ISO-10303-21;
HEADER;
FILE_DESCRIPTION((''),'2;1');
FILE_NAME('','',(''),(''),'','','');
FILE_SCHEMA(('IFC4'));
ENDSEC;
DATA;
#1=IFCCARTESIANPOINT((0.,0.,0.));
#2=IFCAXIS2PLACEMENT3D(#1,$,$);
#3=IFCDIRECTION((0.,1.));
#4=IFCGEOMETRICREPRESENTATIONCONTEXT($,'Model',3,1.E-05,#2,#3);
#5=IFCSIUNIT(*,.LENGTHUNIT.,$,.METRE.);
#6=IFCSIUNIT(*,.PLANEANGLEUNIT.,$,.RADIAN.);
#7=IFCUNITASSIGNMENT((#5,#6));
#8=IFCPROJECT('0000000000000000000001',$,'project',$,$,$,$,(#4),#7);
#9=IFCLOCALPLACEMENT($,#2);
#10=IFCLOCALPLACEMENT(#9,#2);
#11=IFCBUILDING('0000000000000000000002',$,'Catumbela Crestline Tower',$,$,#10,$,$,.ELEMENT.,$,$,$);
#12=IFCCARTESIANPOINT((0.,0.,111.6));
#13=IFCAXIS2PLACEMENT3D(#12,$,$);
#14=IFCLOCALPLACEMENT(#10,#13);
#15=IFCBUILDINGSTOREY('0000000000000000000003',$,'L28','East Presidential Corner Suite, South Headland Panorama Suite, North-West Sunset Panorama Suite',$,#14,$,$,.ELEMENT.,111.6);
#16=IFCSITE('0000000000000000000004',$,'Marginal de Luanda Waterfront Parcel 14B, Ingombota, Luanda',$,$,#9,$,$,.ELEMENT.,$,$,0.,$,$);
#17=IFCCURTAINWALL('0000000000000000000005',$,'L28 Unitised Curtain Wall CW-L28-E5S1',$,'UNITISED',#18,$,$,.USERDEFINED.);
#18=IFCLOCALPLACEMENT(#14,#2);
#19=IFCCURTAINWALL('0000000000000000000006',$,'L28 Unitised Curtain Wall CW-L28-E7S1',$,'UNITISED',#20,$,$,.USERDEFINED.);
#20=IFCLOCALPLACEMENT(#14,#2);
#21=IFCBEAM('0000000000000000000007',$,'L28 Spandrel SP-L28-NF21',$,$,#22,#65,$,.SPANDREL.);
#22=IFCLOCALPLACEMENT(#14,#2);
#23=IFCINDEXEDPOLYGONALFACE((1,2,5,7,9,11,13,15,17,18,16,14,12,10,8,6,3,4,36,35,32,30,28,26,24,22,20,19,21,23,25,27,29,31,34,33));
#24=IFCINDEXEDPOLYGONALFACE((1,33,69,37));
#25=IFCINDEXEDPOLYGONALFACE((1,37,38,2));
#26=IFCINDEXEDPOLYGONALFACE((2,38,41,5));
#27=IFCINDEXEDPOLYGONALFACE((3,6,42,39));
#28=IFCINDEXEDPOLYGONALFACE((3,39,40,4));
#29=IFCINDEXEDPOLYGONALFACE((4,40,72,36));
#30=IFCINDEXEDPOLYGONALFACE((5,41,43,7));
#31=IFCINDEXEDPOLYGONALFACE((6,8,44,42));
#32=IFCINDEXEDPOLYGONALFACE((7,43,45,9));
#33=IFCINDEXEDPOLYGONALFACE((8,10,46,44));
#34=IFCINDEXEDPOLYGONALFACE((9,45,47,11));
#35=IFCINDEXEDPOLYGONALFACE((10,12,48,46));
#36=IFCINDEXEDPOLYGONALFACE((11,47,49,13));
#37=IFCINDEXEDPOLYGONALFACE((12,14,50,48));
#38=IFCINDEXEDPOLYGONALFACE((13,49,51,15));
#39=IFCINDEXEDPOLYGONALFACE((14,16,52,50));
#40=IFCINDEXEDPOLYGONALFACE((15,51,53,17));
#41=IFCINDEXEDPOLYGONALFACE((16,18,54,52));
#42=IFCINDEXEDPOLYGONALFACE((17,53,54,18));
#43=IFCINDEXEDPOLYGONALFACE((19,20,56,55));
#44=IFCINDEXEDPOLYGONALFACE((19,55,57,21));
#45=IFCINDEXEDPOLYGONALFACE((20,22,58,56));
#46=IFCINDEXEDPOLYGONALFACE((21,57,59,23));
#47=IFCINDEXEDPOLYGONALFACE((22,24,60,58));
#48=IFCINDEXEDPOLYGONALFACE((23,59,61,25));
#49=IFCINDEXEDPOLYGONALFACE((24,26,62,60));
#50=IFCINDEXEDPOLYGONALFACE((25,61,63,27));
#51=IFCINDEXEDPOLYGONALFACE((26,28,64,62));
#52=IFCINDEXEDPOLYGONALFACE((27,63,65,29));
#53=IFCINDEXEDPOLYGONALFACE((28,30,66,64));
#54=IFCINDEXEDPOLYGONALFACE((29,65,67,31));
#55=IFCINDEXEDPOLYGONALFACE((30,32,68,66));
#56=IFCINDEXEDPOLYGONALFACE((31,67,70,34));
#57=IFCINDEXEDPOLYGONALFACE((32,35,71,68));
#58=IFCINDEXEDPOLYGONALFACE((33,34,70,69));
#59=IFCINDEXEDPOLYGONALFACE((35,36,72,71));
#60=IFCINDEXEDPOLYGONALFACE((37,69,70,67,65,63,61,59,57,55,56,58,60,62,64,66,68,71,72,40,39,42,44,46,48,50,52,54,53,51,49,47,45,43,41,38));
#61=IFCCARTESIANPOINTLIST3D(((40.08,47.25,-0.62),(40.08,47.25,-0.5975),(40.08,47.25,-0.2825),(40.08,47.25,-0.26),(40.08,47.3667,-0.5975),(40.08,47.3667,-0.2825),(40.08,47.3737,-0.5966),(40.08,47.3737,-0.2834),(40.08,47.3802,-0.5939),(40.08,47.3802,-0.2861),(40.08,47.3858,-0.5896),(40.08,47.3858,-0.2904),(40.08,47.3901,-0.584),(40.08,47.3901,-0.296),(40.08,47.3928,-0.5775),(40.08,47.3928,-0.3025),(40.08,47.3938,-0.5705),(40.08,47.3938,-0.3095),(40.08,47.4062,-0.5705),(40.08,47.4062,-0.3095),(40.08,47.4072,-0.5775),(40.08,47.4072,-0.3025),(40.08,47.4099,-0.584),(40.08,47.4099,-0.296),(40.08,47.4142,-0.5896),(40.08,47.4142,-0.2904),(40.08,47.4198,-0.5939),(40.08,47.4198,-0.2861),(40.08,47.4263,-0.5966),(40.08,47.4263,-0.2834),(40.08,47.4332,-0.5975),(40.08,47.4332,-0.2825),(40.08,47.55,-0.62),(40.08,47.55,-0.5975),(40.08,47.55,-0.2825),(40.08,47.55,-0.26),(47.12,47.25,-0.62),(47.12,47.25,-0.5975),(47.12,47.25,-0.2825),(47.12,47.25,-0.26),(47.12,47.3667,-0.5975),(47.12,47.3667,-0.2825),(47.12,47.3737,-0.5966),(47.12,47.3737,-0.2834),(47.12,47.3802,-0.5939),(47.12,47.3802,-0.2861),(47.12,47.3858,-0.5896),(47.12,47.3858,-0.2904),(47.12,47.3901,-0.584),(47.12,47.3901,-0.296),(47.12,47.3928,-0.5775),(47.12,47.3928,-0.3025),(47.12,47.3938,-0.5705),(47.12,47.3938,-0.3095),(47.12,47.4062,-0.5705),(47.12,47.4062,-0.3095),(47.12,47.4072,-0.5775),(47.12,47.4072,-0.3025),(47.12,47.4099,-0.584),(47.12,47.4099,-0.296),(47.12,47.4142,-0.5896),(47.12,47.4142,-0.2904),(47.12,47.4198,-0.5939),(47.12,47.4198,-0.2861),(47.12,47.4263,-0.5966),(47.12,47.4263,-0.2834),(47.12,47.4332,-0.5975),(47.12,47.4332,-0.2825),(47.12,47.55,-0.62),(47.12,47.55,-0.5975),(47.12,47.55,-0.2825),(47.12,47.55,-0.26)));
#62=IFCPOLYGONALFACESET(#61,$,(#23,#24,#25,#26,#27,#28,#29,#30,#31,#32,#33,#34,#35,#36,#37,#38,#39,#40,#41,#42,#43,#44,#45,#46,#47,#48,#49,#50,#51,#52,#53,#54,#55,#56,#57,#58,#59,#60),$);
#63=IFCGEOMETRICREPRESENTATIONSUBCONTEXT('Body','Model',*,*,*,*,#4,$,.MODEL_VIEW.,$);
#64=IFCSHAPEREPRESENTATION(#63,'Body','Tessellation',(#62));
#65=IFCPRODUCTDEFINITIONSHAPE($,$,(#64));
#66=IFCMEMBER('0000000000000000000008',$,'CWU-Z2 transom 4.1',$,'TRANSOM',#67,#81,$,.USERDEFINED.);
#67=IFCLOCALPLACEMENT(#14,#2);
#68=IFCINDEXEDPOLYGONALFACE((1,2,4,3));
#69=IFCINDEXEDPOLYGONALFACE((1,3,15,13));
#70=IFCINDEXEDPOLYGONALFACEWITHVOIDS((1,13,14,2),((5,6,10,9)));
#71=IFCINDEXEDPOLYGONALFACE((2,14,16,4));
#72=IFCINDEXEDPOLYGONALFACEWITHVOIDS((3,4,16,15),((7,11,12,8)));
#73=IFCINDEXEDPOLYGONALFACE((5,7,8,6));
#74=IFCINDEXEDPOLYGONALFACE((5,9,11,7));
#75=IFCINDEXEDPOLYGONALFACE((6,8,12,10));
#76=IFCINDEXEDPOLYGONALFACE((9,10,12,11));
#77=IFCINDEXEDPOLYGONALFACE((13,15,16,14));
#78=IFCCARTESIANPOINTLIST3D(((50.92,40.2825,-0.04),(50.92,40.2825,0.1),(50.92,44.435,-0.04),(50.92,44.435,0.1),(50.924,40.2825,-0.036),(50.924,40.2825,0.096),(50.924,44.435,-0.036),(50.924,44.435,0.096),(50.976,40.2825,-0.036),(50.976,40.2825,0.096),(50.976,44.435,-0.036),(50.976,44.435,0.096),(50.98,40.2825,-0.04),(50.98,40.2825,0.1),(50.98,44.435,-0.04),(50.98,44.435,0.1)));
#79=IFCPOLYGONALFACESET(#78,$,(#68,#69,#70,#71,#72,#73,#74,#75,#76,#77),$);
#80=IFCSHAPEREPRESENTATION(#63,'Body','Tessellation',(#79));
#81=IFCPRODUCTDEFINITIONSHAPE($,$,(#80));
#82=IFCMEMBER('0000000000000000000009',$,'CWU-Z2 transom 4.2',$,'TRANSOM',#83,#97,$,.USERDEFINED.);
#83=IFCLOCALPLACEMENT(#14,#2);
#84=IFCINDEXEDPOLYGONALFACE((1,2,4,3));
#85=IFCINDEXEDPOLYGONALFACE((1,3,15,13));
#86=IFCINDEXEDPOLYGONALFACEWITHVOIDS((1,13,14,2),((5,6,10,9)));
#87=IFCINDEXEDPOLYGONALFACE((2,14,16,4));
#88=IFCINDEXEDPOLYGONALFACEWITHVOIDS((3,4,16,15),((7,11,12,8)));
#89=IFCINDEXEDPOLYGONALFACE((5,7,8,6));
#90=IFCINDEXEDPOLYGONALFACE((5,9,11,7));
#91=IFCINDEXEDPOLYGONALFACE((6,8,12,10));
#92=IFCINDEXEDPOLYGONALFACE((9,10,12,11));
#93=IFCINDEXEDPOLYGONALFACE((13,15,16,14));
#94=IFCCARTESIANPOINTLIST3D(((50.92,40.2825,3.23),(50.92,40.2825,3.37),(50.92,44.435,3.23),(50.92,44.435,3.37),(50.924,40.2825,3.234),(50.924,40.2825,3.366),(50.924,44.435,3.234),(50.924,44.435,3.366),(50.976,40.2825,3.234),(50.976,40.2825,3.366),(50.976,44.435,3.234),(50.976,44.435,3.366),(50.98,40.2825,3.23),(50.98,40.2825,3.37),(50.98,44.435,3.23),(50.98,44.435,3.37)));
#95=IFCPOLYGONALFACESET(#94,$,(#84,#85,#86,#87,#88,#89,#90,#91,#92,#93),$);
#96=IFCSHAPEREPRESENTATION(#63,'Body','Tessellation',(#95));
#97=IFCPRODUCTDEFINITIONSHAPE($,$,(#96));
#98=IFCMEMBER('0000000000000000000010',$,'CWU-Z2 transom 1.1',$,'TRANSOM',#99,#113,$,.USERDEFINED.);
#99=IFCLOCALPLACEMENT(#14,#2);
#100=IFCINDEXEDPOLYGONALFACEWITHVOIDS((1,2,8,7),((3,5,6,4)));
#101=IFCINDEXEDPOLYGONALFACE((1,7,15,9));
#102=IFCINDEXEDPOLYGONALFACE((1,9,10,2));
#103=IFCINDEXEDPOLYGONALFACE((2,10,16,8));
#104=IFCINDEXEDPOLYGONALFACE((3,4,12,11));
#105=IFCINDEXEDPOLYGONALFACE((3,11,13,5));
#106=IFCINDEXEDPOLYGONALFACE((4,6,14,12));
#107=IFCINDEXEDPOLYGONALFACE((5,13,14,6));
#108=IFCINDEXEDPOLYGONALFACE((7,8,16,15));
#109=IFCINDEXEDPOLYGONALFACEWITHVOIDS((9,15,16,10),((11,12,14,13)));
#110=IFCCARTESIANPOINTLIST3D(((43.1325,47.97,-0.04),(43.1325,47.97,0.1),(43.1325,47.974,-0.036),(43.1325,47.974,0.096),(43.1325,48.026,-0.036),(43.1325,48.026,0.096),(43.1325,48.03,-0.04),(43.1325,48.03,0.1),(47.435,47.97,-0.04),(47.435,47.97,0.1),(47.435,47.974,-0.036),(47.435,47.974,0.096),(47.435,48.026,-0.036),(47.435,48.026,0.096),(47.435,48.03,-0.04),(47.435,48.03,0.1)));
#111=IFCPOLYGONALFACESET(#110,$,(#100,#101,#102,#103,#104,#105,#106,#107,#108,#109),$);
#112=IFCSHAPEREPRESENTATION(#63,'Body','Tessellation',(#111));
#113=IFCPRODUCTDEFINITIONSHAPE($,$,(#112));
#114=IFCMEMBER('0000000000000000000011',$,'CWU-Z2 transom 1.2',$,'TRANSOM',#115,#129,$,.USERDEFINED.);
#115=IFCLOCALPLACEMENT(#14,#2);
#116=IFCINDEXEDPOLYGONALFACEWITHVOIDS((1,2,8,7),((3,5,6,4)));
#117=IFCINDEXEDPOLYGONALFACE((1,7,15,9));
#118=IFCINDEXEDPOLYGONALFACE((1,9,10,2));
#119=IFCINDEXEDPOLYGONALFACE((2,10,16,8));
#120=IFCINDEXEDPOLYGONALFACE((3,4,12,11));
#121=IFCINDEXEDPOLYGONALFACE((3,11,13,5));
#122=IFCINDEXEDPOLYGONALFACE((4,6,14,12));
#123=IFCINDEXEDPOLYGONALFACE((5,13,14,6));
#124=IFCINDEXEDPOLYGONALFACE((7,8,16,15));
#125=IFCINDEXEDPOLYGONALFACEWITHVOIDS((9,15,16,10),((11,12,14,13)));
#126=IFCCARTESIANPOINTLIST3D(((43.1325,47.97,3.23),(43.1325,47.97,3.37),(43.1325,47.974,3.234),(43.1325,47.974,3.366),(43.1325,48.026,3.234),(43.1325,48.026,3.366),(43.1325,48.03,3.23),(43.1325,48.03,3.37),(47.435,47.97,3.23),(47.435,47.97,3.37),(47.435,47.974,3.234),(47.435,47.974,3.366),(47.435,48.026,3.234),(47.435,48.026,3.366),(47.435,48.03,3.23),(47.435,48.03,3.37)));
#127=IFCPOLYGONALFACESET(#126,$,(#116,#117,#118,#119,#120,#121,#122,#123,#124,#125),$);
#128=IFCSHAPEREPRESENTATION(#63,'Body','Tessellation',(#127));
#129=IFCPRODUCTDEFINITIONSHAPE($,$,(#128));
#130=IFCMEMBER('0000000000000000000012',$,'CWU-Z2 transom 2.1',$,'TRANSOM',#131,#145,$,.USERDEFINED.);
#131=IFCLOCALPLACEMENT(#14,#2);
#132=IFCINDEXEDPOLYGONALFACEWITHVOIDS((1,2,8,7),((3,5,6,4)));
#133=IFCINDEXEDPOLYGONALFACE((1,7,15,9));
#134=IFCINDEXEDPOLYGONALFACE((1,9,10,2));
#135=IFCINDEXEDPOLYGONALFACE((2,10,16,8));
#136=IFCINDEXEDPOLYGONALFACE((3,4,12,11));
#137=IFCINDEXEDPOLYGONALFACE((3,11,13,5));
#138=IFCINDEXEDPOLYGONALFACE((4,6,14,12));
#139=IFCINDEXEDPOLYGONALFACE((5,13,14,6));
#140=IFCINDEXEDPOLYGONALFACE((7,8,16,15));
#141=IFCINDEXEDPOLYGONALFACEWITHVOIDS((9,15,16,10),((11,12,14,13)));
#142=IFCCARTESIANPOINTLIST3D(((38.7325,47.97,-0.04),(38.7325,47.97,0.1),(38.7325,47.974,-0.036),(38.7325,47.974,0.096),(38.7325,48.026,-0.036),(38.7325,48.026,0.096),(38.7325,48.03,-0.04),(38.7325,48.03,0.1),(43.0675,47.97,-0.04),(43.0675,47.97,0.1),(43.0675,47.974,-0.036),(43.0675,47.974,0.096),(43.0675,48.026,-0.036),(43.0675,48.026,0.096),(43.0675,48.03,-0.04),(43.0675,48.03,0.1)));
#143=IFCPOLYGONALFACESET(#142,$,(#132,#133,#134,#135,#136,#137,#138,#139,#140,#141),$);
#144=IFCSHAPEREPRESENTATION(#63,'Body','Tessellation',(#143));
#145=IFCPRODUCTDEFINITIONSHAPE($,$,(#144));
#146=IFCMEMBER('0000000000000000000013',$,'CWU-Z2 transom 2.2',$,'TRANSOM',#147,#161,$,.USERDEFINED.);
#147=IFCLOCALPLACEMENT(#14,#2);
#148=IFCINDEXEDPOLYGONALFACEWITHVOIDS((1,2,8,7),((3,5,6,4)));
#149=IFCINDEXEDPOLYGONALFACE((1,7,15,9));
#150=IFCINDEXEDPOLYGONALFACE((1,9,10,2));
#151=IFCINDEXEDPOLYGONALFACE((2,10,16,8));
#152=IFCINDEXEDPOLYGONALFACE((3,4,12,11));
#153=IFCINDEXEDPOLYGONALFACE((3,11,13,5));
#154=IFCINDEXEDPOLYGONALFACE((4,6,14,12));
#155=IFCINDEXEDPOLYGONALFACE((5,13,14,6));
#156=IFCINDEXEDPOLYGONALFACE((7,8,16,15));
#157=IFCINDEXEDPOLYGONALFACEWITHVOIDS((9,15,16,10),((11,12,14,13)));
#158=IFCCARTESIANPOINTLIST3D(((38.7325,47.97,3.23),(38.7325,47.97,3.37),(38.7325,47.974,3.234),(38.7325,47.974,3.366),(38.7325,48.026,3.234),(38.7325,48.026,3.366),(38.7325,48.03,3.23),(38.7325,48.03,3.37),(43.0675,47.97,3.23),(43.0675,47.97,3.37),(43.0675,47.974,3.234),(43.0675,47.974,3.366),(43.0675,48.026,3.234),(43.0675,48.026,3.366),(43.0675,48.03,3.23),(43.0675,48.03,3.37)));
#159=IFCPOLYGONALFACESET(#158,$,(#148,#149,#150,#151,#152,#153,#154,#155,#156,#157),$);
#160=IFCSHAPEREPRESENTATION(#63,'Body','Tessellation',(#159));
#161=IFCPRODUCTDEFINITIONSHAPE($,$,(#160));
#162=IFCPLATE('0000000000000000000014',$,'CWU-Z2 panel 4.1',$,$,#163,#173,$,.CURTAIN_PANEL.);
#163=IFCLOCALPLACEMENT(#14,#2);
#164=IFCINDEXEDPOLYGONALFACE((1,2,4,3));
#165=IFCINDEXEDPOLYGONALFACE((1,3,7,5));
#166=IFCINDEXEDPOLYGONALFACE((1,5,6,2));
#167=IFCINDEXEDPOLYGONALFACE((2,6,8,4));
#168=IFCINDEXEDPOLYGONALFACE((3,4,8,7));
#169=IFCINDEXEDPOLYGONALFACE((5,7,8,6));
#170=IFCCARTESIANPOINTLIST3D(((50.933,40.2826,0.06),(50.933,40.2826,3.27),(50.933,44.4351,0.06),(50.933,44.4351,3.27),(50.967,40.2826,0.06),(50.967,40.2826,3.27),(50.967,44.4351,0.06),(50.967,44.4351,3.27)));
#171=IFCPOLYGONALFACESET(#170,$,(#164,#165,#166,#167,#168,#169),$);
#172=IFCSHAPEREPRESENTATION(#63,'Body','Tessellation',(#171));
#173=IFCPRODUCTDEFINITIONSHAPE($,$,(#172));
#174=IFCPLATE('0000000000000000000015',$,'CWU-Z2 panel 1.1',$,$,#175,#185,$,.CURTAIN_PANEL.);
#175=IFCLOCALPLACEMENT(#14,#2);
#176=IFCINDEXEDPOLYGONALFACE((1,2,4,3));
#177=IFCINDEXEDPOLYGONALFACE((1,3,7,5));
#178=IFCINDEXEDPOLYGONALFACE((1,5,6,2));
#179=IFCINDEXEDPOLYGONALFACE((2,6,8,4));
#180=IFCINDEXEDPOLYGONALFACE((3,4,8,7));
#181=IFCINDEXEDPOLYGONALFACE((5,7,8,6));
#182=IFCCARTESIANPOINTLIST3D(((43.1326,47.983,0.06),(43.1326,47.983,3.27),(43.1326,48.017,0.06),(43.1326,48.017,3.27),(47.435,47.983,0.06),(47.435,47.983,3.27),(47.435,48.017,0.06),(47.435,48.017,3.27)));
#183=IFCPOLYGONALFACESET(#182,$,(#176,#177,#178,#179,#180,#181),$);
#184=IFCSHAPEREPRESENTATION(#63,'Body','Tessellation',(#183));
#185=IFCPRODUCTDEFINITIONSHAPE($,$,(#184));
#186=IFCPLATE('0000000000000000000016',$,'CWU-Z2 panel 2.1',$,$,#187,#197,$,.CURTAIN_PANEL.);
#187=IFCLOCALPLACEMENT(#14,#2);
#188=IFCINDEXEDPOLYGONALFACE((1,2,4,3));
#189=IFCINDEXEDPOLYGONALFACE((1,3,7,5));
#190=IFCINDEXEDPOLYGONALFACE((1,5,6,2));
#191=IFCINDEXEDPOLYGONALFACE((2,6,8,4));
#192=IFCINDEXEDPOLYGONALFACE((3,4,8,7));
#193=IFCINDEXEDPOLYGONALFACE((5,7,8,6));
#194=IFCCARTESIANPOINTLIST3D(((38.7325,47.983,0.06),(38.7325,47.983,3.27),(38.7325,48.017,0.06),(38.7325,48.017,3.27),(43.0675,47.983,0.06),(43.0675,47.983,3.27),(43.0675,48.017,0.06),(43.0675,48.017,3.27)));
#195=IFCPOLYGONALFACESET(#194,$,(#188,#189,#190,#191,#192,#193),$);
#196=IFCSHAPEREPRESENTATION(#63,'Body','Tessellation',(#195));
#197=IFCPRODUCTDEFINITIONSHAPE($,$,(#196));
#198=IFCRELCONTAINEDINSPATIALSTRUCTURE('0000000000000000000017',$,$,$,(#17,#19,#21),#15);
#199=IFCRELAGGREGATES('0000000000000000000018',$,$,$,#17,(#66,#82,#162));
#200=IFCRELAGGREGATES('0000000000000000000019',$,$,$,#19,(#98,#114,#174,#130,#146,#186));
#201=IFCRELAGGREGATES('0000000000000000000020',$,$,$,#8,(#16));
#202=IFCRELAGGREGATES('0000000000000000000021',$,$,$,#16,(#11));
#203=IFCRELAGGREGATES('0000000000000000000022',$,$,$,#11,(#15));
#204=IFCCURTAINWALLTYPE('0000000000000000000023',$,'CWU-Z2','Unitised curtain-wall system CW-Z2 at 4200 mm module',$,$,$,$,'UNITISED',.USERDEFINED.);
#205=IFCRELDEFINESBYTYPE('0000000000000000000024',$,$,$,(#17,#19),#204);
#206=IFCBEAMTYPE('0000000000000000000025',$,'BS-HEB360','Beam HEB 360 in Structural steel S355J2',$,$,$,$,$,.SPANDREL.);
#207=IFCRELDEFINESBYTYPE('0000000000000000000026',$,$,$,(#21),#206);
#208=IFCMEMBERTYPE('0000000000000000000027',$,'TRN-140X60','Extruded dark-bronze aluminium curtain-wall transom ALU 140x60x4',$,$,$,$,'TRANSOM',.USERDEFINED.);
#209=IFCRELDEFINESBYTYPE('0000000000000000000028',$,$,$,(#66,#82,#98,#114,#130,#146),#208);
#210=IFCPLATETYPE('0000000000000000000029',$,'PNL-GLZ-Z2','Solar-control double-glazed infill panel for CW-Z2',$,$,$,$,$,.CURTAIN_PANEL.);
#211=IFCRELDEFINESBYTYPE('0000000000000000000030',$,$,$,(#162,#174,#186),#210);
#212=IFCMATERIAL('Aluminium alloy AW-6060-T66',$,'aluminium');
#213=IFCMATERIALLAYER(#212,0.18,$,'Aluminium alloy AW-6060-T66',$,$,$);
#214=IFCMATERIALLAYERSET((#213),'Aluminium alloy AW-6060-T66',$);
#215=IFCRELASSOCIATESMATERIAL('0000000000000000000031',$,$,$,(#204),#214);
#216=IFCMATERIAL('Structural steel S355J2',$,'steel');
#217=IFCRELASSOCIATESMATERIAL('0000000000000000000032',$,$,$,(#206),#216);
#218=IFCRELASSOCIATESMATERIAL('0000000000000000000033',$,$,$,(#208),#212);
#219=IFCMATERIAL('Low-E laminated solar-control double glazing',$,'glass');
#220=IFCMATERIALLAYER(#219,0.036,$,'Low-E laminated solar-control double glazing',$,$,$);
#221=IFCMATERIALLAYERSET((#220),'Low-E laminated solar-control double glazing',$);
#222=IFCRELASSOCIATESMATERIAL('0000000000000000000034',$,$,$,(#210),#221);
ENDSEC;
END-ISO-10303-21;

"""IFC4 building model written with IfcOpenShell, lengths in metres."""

from ifc_helpers import new_model, si_unit, direction, frame, origin, origin_2d, place, context, subcontext, project, spatial, rectangle, hollow_rectangle, i_section, extrude, material, layer, layer_set, material_profile, profile_set, type_object, element, aggregate, save


model = new_model("IFC4")

# Units and contexts
model_context = context("Model", 3, precision=1e-05, world=origin(), true_north=direction((0.0, 1.0)))
body_context = subcontext(model_context, "Body", "Model", "MODEL_VIEW")
ifc_project = project(units=[si_unit("LENGTHUNIT", "METRE"), si_unit("PLANEANGLEUNIT", "RADIAN")], contexts=[model_context])

# Site, building, storey
site_placement = place(None, origin())
site = spatial("IfcSite", under=ifc_project, at=site_placement, Name="Marginal de Luanda Waterfront Parcel 14B, Ingombota, Luanda", CompositionType="ELEMENT", RefElevation=0.0)
building_placement = place(site_placement, origin())
building = spatial("IfcBuilding", under=site, at=building_placement, Name="Catumbela Crestline Tower", CompositionType="ELEMENT")
storey_placement = place(building_placement, frame((0.0, 0.0, 111.6)))
storey = spatial("IfcBuildingStorey", under=building, at=storey_placement, Name="L28", Description="East Presidential Corner Suite, South Headland Panorama Suite, North-West Sunset Panorama Suite", CompositionType="ELEMENT", Elevation=111.6)

# Curtain walls
ifc_material_1 = material(Name="Aluminium alloy AW-6060-T66", Category="aluminium")
ifc_layer_1 = layer(ifc_material_1, 0.18, Name="Aluminium alloy AW-6060-T66")
ifc_layer_set_1 = layer_set([ifc_layer_1], Name="Aluminium alloy AW-6060-T66")
curtain_wall_type = type_object("IfcCurtainWallType", Name="CWU-Z2", Description="Unitised curtain-wall system CW-Z2 at 4200 mm module", ElementType="UNITISED", PredefinedType="USERDEFINED", material=ifc_layer_set_1)
curtain_wall_1_placement = place(storey_placement, origin())
curtain_wall_1 = element("IfcCurtainWall", 1, at=curtain_wall_1_placement, inside=storey, type_object=curtain_wall_type, Name="L28 Unitised Curtain Wall CW-L28-E5S1", ObjectType="UNITISED", PredefinedType="USERDEFINED")
curtain_wall_2_placement = place(storey_placement, origin())
curtain_wall_2 = element("IfcCurtainWall", 2, at=curtain_wall_2_placement, inside=storey, type_object=curtain_wall_type, Name="L28 Unitised Curtain Wall CW-L28-E7S1", ObjectType="UNITISED", PredefinedType="USERDEFINED")

# Beam
ifc_material_2 = material(Name="Structural steel S355J2", Category="steel")
ifc_material_profile_1 = material_profile(ifc_material_2, i_section(OverallWidth=0.3, OverallDepth=0.36, WebThickness=0.0125, FlangeThickness=0.0225, FilletRadius=0.027, at=origin_2d()), Name="HEB 360")
ifc_profile_set_1 = profile_set([ifc_material_profile_1], Name="Structural steel S355J2")
beam_type = type_object("IfcBeamType", Name="BS-HEB360", Description="Beam HEB 360 in Structural steel S355J2", PredefinedType="SPANDREL", material=ifc_profile_set_1)
beam_placement = place(storey_placement, frame((40.08, 47.4, -0.44), z_axis=(1.0, 0.0, 0.0), x_axis=(0.0, 1.0, 0.0)))
element("IfcBeam", 3, at=beam_placement, inside=storey, type_object=beam_type, Name="L28 Spandrel SP-L28-NF21", PredefinedType="SPANDREL", context=body_context, shape_type="SweptSolid", body=[
    extrude(i_section(OverallWidth=0.3, OverallDepth=0.36, WebThickness=0.0125, FlangeThickness=0.0225, FilletRadius=0.027, at=origin_2d()), origin(), (0.0, 0.0, 1.0), 7.04),
])

# Members
ifc_material_profile_2 = material_profile(ifc_material_1, hollow_rectangle(XDim=0.06, YDim=0.14, WallThickness=0.004, at=origin_2d()), Name="ALU 140x60x4")
ifc_profile_set_2 = profile_set([ifc_material_profile_2], Name="Aluminium alloy AW-6060-T66")
member_type_1 = type_object("IfcMemberType", Name="TRN-140X60", Description="Extruded dark-bronze aluminium curtain-wall transom ALU 140x60x4", ElementType="TRANSOM", PredefinedType="USERDEFINED", material=ifc_profile_set_2)
member_1_placement = place(storey_placement, frame((50.95, 40.2825, 0.03), z_axis=(0.0, 1.0, 0.0), x_axis=(-1.0, 0.0, 0.0)))
member_1 = element("IfcMember", 4, at=member_1_placement, type_object=member_type_1, Name="CWU-Z2 transom 4.1", ObjectType="TRANSOM", PredefinedType="USERDEFINED", context=body_context, shape_type="SweptSolid", body=[
    extrude(hollow_rectangle(XDim=0.06, YDim=0.14, WallThickness=0.004, at=origin_2d()), origin(), (0.0, 0.0, 1.0), 4.1525),
])
member_2_placement = place(storey_placement, frame((50.95, 40.2825, 3.3), z_axis=(0.0, 1.0, 0.0), x_axis=(-1.0, 0.0, 0.0)))
member_2 = element("IfcMember", 5, at=member_2_placement, type_object=member_type_1, Name="CWU-Z2 transom 4.2", ObjectType="TRANSOM", PredefinedType="USERDEFINED", context=body_context, shape_type="SweptSolid", body=[
    extrude(hollow_rectangle(XDim=0.06, YDim=0.14, WallThickness=0.004, at=origin_2d()), origin(), (0.0, 0.0, 1.0), 4.1525),
])
member_3_placement = place(storey_placement, frame((47.435, 48.0, 0.03), z_axis=(-1.0, 0.0, 0.0), x_axis=(0.0, -1.0, 0.0)))
member_3 = element("IfcMember", 6, at=member_3_placement, type_object=member_type_1, Name="CWU-Z2 transom 1.1", ObjectType="TRANSOM", PredefinedType="USERDEFINED", context=body_context, shape_type="SweptSolid", body=[
    extrude(hollow_rectangle(XDim=0.06, YDim=0.14, WallThickness=0.004, at=origin_2d()), origin(), (0.0, 0.0, 1.0), 4.3025),
])
member_4_placement = place(storey_placement, frame((47.435, 48.0, 3.3), z_axis=(-1.0, 0.0, 0.0), x_axis=(0.0, -1.0, 0.0)))
member_4 = element("IfcMember", 7, at=member_4_placement, type_object=member_type_1, Name="CWU-Z2 transom 1.2", ObjectType="TRANSOM", PredefinedType="USERDEFINED", context=body_context, shape_type="SweptSolid", body=[
    extrude(hollow_rectangle(XDim=0.06, YDim=0.14, WallThickness=0.004, at=origin_2d()), origin(), (0.0, 0.0, 1.0), 4.3025),
])
member_5_placement = place(storey_placement, frame((43.0675, 48.0, 0.03), z_axis=(-1.0, 0.0, 0.0), x_axis=(0.0, -1.0, 0.0)))
member_5 = element("IfcMember", 8, at=member_5_placement, type_object=member_type_1, Name="CWU-Z2 transom 2.1", ObjectType="TRANSOM", PredefinedType="USERDEFINED", context=body_context, shape_type="SweptSolid", body=[
    extrude(hollow_rectangle(XDim=0.06, YDim=0.14, WallThickness=0.004, at=origin_2d()), origin(), (0.0, 0.0, 1.0), 4.335),
])
member_6_placement = place(storey_placement, frame((43.0675, 48.0, 3.3), z_axis=(-1.0, 0.0, 0.0), x_axis=(0.0, -1.0, 0.0)))
member_6 = element("IfcMember", 9, at=member_6_placement, type_object=member_type_1, Name="CWU-Z2 transom 2.2", ObjectType="TRANSOM", PredefinedType="USERDEFINED", context=body_context, shape_type="SweptSolid", body=[
    extrude(hollow_rectangle(XDim=0.06, YDim=0.14, WallThickness=0.004, at=origin_2d()), origin(), (0.0, 0.0, 1.0), 4.335),
])

# Plates
ifc_material_3 = material(Name="Low-E laminated solar-control double glazing", Category="glass")
ifc_layer_2 = layer(ifc_material_3, 0.036, Name="Low-E laminated solar-control double glazing")
ifc_layer_set_2 = layer_set([ifc_layer_2], Name="Low-E laminated solar-control double glazing")
plate_type = type_object("IfcPlateType", Name="PNL-GLZ-Z2", Description="Solar-control double-glazed infill panel for CW-Z2", PredefinedType="CURTAIN_PANEL", material=ifc_layer_set_2)
plate_1_placement = place(storey_placement, frame((50.95, 42.3588, 0.06), z_axis=(0.0, 0.0, 1.0), x_axis=(0.0, 1.0, 0.0)))
plate_1 = element("IfcPlate", 10, at=plate_1_placement, type_object=plate_type, Name="CWU-Z2 panel 4.1", PredefinedType="CURTAIN_PANEL", context=body_context, shape_type="SweptSolid", body=[
    extrude(rectangle(XDim=4.1525, YDim=0.034, at=origin_2d()), origin(), (0.0, 0.0, 1.0), 3.21),
])
aggregate(curtain_wall_1, [member_1, member_2, plate_1])
plate_2_placement = place(storey_placement, frame((45.2838, 48.0, 0.06), z_axis=(0.0, 0.0, 1.0), x_axis=(-1.0, 0.0, 0.0)))
plate_2 = element("IfcPlate", 11, at=plate_2_placement, type_object=plate_type, Name="CWU-Z2 panel 1.1", PredefinedType="CURTAIN_PANEL", context=body_context, shape_type="SweptSolid", body=[
    extrude(rectangle(XDim=4.3025, YDim=0.034, at=origin_2d()), origin(), (0.0, 0.0, 1.0), 3.21),
])
plate_3_placement = place(storey_placement, frame((40.9, 48.0, 0.06), z_axis=(0.0, 0.0, 1.0), x_axis=(-1.0, 0.0, 0.0)))
plate_3 = element("IfcPlate", 12, at=plate_3_placement, type_object=plate_type, Name="CWU-Z2 panel 2.1", PredefinedType="CURTAIN_PANEL", context=body_context, shape_type="SweptSolid", body=[
    extrude(rectangle(XDim=4.335, YDim=0.034, at=origin_2d()), origin(), (0.0, 0.0, 1.0), 3.21),
])
aggregate(curtain_wall_2, [member_3, member_4, plate_2, member_5, member_6, plate_3])

save(model, "model.ifc")
